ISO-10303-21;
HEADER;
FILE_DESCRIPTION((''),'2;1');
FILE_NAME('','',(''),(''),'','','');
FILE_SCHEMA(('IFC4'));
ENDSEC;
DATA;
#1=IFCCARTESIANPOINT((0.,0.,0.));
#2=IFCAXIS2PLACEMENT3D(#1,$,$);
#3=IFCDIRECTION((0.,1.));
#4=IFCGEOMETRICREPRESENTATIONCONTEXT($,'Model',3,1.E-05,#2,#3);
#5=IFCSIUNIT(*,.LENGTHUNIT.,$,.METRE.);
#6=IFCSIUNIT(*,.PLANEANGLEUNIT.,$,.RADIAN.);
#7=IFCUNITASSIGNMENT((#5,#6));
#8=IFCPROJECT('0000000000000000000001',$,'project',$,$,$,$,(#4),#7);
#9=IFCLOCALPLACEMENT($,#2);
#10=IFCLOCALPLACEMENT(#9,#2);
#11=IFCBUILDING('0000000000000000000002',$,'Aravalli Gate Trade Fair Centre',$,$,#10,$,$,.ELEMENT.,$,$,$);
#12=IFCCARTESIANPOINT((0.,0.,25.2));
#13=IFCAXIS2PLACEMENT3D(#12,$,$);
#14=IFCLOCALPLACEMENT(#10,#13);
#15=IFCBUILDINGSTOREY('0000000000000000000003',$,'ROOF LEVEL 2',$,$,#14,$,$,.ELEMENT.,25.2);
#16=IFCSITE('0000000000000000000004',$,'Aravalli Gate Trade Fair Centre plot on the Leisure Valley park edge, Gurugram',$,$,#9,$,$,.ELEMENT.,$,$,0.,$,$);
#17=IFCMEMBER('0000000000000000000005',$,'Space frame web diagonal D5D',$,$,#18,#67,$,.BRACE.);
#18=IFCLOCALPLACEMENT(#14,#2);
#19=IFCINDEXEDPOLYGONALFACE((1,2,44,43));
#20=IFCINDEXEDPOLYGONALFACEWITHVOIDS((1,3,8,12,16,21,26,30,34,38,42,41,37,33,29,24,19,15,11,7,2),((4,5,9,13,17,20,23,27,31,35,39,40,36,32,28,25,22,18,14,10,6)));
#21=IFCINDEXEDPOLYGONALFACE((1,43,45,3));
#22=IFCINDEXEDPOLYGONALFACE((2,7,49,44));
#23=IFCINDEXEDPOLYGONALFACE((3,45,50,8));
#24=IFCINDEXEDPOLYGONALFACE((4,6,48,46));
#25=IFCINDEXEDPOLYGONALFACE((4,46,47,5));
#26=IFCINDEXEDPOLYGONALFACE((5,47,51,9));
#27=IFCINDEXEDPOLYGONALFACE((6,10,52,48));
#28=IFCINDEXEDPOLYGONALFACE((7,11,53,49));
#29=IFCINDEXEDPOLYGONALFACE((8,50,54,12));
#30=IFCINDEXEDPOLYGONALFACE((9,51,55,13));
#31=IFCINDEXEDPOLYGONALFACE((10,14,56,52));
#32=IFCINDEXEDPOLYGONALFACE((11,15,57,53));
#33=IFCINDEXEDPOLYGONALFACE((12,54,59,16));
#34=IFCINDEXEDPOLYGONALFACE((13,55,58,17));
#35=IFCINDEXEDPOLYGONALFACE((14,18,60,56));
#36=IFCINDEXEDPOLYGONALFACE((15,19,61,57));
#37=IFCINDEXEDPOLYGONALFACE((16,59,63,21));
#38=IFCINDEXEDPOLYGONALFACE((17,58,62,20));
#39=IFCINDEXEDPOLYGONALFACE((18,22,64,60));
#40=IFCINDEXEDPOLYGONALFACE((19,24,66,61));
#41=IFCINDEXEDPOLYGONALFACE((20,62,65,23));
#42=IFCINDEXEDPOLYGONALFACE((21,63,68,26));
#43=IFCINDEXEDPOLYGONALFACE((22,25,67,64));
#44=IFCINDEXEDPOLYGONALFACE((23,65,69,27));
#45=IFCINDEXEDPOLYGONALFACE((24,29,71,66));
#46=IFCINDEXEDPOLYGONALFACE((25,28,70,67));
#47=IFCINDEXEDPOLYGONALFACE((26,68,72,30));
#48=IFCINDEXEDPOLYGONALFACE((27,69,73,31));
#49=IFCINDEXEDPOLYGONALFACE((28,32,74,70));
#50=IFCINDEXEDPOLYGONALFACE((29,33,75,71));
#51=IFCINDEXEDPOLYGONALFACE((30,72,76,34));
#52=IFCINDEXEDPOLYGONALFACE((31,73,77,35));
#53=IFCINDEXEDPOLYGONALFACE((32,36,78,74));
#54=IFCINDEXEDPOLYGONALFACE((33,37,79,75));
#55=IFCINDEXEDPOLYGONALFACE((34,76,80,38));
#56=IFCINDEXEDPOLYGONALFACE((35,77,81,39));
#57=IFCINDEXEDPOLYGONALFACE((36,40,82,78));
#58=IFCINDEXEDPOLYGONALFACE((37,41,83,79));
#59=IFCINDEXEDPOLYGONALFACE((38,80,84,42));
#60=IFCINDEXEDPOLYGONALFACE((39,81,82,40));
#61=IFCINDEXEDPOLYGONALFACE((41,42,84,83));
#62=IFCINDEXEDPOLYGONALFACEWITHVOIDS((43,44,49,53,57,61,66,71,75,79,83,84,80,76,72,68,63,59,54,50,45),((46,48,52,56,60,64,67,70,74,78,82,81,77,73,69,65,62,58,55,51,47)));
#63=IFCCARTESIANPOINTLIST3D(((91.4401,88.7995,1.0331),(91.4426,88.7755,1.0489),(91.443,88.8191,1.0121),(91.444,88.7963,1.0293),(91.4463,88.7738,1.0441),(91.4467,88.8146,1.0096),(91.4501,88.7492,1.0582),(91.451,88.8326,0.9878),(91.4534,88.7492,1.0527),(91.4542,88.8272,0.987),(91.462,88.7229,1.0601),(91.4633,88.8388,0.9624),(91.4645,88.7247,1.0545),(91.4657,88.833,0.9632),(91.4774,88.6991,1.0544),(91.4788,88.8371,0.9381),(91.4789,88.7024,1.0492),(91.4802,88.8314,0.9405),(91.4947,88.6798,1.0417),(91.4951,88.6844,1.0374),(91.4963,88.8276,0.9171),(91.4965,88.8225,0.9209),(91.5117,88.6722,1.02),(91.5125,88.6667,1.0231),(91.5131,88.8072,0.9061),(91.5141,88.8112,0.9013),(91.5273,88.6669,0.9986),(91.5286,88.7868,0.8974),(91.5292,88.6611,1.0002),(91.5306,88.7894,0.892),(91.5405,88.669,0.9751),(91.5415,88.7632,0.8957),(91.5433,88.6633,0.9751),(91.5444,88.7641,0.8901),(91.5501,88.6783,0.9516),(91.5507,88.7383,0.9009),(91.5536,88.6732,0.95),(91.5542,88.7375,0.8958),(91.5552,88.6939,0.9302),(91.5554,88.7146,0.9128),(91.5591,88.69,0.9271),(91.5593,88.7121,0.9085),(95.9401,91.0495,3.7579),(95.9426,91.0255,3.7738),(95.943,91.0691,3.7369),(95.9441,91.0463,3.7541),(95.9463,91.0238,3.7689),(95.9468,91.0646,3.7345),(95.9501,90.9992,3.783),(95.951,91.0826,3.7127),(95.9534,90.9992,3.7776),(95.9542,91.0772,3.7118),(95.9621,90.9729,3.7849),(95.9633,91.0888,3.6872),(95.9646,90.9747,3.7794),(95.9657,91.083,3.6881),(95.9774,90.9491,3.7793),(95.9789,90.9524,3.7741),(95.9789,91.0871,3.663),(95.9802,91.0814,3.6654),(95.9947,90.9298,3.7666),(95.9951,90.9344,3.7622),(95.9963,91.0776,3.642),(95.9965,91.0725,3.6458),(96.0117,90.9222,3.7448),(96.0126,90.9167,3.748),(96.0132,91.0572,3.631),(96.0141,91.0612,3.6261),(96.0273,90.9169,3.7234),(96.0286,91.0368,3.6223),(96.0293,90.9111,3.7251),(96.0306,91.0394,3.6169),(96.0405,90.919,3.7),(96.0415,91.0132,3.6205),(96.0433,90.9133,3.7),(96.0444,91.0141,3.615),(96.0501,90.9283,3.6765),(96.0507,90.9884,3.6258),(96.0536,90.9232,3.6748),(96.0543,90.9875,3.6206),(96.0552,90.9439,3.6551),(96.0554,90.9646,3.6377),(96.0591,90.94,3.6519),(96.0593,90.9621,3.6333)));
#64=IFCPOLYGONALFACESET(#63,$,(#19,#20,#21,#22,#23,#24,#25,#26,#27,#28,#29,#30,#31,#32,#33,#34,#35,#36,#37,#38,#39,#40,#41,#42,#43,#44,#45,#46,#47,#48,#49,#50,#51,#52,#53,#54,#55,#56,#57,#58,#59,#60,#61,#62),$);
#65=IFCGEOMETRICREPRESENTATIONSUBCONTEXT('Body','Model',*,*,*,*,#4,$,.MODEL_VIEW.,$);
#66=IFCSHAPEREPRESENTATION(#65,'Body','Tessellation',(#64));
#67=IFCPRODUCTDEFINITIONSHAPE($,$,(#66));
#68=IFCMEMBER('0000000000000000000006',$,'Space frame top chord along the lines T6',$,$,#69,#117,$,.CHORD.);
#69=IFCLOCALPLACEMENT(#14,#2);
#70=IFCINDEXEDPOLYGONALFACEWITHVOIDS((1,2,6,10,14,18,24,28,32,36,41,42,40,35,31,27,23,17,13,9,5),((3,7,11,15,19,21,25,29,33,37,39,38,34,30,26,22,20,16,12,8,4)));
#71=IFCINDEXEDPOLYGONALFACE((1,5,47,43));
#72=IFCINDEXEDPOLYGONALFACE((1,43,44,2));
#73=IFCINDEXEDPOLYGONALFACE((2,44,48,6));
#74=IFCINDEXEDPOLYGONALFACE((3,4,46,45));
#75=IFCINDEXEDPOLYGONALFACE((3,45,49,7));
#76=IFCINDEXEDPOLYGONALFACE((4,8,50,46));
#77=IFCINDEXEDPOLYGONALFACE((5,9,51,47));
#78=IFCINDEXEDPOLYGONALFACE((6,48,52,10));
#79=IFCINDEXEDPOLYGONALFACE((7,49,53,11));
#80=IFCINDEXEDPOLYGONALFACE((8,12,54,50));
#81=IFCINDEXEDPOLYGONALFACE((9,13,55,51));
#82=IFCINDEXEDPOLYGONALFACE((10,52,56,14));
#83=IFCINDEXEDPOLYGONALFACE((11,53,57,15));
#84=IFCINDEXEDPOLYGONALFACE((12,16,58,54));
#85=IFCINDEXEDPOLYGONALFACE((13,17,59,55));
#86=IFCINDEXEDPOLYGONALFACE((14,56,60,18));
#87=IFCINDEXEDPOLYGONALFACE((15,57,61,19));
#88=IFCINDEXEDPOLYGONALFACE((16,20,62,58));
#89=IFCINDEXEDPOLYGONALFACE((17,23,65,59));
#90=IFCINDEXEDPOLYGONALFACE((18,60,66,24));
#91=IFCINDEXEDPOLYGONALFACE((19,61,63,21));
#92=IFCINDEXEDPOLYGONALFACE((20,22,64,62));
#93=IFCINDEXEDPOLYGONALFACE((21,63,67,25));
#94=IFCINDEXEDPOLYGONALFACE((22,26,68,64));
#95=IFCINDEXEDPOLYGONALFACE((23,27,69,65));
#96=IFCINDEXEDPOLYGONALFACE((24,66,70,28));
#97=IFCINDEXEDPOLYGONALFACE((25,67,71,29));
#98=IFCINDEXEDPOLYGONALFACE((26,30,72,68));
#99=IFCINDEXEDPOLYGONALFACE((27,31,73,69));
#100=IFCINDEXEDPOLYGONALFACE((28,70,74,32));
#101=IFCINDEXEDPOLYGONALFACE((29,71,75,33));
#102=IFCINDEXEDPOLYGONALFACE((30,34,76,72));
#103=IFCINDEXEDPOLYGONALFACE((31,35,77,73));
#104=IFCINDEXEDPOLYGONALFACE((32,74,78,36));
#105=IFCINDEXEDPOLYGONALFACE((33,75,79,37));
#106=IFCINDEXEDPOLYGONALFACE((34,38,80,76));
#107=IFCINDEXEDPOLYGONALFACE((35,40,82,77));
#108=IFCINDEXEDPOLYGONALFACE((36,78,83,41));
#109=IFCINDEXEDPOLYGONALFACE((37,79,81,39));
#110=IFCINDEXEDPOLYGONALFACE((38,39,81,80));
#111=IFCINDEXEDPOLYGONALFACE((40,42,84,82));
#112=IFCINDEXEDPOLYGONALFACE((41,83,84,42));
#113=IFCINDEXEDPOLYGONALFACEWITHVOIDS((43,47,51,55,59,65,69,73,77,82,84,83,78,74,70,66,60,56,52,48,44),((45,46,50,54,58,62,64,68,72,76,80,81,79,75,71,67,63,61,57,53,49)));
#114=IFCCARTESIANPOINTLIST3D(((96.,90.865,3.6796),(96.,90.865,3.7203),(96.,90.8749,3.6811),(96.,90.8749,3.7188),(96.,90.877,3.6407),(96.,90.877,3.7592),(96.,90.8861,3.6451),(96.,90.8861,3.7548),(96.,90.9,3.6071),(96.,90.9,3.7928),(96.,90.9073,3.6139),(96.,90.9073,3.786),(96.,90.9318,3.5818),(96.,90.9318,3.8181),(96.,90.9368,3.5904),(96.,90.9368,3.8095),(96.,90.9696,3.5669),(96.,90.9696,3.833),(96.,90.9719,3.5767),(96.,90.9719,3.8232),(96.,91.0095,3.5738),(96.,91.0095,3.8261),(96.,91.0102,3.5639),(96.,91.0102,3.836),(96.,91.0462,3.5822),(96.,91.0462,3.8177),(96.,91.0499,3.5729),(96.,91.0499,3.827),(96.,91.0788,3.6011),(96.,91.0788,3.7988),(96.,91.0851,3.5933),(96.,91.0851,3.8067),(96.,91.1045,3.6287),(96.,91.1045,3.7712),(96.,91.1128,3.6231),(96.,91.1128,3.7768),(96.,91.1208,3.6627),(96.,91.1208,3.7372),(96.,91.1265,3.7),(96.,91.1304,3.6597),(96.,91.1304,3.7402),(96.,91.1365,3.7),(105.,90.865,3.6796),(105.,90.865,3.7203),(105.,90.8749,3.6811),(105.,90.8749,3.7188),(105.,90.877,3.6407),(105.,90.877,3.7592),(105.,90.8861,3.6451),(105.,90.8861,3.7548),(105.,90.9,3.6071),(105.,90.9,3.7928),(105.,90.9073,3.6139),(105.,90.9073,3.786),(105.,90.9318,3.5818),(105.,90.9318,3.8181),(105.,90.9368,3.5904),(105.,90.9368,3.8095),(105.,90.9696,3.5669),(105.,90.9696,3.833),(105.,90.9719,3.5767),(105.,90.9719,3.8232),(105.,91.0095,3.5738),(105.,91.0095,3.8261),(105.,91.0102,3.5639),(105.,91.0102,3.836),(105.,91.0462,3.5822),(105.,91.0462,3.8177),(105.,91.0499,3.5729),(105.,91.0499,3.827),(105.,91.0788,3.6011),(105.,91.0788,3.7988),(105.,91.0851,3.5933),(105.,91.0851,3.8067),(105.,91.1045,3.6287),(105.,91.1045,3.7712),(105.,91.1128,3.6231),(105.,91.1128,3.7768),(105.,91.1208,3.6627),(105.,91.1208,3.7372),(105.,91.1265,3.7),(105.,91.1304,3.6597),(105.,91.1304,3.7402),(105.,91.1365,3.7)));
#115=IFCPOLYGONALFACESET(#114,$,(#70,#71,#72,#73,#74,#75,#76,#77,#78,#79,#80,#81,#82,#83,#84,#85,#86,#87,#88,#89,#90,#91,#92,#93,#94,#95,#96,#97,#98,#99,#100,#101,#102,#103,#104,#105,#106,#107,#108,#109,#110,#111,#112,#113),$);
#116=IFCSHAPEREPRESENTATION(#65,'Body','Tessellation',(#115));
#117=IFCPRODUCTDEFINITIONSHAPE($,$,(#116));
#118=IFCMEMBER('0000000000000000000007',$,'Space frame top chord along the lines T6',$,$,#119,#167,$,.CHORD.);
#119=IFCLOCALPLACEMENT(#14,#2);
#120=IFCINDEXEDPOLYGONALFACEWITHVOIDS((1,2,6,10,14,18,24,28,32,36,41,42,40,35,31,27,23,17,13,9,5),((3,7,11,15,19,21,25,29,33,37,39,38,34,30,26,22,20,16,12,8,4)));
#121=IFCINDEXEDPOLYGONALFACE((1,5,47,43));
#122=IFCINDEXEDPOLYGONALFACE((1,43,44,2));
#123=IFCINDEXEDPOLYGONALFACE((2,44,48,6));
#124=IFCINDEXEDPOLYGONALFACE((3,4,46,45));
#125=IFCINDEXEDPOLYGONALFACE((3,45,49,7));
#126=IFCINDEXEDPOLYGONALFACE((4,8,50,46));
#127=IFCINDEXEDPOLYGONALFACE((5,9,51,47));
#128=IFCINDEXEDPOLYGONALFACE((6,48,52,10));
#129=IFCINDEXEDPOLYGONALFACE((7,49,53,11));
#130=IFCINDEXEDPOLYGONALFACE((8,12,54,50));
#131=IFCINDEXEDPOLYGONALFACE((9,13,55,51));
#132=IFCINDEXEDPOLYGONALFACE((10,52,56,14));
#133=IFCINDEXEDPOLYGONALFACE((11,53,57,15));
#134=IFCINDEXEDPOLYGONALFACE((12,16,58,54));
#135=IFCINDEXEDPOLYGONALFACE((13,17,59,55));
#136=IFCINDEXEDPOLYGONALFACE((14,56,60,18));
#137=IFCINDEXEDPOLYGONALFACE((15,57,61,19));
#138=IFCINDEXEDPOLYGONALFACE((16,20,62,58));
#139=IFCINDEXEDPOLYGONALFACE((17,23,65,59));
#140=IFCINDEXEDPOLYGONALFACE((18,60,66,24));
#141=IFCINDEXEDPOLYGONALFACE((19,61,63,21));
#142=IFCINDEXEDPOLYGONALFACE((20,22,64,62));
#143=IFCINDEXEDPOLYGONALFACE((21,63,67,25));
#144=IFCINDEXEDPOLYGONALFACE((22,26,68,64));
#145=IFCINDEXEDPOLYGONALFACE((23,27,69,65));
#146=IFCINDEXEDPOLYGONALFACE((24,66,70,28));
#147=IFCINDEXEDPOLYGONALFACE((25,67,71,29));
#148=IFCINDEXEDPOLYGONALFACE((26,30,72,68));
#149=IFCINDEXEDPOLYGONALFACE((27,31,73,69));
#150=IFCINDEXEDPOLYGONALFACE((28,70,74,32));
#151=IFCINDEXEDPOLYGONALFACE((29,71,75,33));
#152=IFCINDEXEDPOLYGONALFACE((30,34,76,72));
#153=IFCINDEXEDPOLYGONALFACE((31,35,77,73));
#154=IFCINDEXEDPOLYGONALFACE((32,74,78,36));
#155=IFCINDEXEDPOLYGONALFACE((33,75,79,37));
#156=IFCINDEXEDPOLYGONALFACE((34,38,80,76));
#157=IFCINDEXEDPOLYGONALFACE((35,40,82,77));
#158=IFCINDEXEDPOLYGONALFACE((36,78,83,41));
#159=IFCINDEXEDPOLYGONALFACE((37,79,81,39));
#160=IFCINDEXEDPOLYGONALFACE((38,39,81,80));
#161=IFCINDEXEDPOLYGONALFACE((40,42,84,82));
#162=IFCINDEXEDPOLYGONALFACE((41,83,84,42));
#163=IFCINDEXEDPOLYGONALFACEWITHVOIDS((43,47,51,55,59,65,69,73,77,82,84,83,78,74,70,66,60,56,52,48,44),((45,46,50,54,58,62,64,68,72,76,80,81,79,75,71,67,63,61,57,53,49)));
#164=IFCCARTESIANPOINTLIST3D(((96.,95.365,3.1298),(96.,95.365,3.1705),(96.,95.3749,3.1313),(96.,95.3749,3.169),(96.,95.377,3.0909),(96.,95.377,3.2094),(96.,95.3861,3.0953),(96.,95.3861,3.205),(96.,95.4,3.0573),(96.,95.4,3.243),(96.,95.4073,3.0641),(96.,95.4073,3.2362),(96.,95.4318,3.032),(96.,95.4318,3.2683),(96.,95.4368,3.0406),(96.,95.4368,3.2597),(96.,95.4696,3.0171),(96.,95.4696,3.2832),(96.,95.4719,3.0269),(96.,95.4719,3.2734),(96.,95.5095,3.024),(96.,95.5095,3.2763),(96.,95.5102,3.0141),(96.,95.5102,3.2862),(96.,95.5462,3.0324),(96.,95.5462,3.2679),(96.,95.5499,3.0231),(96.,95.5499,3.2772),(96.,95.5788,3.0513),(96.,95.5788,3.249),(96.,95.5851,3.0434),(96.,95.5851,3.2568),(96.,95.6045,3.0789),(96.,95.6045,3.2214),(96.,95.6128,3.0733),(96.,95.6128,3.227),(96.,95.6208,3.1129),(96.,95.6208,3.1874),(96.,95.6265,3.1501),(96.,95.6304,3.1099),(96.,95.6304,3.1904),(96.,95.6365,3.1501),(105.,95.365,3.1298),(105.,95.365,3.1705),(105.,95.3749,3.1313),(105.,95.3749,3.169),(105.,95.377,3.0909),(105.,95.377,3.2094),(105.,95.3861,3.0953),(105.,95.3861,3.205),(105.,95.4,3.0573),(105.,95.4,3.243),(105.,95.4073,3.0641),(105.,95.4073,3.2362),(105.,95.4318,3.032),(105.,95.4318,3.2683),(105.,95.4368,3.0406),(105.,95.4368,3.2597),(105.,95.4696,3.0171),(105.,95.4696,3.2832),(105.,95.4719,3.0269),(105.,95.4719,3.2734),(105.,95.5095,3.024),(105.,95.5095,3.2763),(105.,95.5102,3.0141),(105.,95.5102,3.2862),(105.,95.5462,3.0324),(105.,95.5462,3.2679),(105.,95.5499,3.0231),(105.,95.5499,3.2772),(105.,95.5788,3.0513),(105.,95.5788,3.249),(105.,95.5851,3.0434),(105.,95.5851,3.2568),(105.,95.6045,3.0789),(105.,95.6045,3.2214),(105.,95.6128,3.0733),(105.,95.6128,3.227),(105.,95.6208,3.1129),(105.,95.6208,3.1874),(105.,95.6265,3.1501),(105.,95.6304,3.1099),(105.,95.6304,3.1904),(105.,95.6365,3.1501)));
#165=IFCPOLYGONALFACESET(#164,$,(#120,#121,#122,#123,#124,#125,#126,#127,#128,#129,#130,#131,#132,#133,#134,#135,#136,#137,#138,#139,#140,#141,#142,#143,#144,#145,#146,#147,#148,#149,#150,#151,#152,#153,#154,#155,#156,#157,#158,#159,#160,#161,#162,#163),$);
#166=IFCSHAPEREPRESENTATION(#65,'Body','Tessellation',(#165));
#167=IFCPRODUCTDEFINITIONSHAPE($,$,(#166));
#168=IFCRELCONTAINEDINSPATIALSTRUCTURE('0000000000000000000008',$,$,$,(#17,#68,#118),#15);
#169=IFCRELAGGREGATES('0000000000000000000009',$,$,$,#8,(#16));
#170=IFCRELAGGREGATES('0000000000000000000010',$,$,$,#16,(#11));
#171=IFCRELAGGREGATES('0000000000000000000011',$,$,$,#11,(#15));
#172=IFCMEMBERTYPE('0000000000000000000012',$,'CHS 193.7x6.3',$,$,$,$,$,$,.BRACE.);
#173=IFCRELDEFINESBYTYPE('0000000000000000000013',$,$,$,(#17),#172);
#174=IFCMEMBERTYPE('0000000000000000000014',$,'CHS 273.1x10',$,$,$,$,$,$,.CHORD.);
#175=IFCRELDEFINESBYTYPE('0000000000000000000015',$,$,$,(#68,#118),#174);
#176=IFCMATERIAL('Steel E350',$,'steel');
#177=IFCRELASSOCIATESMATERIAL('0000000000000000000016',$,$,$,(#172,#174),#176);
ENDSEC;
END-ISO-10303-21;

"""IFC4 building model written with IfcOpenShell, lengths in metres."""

from ifc_helpers import new_model, si_unit, direction, frame, origin, origin_2d, place, context, subcontext, project, spatial, hollow_circle, extrude, material, material_profile, profile_set, type_object, element, save


model = new_model("IFC4")

# Units and contexts
model_context = context("Model", 3, precision=1e-05, world=origin(), true_north=direction((0.0, 1.0)))
body_context = subcontext(model_context, "Body", "Model", "MODEL_VIEW")
ifc_project = project(units=[si_unit("LENGTHUNIT", "METRE"), si_unit("PLANEANGLEUNIT", "RADIAN")], contexts=[model_context])

# Site, building, storey
site_placement = place(None, origin())
site = spatial("IfcSite", under=ifc_project, at=site_placement, Name="Aravalli Gate Trade Fair Centre plot on the Leisure Valley park edge, Gurugram", CompositionType="ELEMENT", RefElevation=0.0)
building_placement = place(site_placement, origin())
building = spatial("IfcBuilding", under=site, at=building_placement, Name="Aravalli Gate Trade Fair Centre", CompositionType="ELEMENT")
storey_placement = place(building_placement, frame((0.0, 0.0, 25.2)))
storey = spatial("IfcBuildingStorey", under=building, at=storey_placement, Name="ROOF LEVEL 2", CompositionType="ELEMENT", Elevation=25.2)

# Members
ifc_material_1 = material(Name="Steel E350", Category="steel")
ifc_material_profile_1 = material_profile(ifc_material_1, hollow_circle(Radius=0.0969, WallThickness=0.0063, at=origin_2d()), Name="CHS 193.7x6.3")
ifc_profile_set_1 = profile_set([ifc_material_profile_1], Name="Steel E350")
member_type_1 = type_object("IfcMemberType", Name="CHS 193.7x6.3", PredefinedType="BRACE", material=ifc_profile_set_1)
for number, where, z_axis, x_axis, name in (
    (1, (96.0, 91.0, 3.7), (-0.786486, -0.393243, -0.476235), (0.447214, -0.894427, 0.0), "Space frame web diagonal D5D"),
):
    element("IfcMember", number, at=place(storey_placement, frame(where, z_axis=z_axis, x_axis=x_axis)), inside=storey, type_object=member_type_1, Name=name, PredefinedType="BRACE", context=body_context, shape_type="SweptSolid", body=[
        extrude(hollow_circle(Radius=0.0969, WallThickness=0.0063, at=origin_2d()), origin(), (0.0, 0.0, 1.0), 5.7217),
    ])
ifc_material_profile_2 = material_profile(ifc_material_1, hollow_circle(Radius=0.1365, WallThickness=0.01, at=origin_2d()), Name="CHS 273.1x10")
ifc_profile_set_2 = profile_set([ifc_material_profile_2], Name="Steel E350")
member_type_2 = type_object("IfcMemberType", Name="CHS 273.1x10", PredefinedType="CHORD", material=ifc_profile_set_2)
for number, where, z_axis, x_axis, name in (
    (2, (96.0, 91.0, 3.7), (1.0, 0.0, 0.0), (0.0, 1.0, 0.0), "Space frame top chord along the lines T6"),
    (3, (96.0, 95.5, 3.1501), (1.0, 0.0, 0.0), (0.0, 1.0, 0.0), "Space frame top chord along the lines T6"),
):
    element("IfcMember", number, at=place(storey_placement, frame(where, z_axis=z_axis, x_axis=x_axis)), inside=storey, type_object=member_type_2, Name=name, PredefinedType="CHORD", context=body_context, shape_type="SweptSolid", body=[
        extrude(hollow_circle(Radius=0.1365, WallThickness=0.01, at=origin_2d()), origin(), (0.0, 0.0, 1.0), 9.0),
    ])

save(model, "model.ifc")
